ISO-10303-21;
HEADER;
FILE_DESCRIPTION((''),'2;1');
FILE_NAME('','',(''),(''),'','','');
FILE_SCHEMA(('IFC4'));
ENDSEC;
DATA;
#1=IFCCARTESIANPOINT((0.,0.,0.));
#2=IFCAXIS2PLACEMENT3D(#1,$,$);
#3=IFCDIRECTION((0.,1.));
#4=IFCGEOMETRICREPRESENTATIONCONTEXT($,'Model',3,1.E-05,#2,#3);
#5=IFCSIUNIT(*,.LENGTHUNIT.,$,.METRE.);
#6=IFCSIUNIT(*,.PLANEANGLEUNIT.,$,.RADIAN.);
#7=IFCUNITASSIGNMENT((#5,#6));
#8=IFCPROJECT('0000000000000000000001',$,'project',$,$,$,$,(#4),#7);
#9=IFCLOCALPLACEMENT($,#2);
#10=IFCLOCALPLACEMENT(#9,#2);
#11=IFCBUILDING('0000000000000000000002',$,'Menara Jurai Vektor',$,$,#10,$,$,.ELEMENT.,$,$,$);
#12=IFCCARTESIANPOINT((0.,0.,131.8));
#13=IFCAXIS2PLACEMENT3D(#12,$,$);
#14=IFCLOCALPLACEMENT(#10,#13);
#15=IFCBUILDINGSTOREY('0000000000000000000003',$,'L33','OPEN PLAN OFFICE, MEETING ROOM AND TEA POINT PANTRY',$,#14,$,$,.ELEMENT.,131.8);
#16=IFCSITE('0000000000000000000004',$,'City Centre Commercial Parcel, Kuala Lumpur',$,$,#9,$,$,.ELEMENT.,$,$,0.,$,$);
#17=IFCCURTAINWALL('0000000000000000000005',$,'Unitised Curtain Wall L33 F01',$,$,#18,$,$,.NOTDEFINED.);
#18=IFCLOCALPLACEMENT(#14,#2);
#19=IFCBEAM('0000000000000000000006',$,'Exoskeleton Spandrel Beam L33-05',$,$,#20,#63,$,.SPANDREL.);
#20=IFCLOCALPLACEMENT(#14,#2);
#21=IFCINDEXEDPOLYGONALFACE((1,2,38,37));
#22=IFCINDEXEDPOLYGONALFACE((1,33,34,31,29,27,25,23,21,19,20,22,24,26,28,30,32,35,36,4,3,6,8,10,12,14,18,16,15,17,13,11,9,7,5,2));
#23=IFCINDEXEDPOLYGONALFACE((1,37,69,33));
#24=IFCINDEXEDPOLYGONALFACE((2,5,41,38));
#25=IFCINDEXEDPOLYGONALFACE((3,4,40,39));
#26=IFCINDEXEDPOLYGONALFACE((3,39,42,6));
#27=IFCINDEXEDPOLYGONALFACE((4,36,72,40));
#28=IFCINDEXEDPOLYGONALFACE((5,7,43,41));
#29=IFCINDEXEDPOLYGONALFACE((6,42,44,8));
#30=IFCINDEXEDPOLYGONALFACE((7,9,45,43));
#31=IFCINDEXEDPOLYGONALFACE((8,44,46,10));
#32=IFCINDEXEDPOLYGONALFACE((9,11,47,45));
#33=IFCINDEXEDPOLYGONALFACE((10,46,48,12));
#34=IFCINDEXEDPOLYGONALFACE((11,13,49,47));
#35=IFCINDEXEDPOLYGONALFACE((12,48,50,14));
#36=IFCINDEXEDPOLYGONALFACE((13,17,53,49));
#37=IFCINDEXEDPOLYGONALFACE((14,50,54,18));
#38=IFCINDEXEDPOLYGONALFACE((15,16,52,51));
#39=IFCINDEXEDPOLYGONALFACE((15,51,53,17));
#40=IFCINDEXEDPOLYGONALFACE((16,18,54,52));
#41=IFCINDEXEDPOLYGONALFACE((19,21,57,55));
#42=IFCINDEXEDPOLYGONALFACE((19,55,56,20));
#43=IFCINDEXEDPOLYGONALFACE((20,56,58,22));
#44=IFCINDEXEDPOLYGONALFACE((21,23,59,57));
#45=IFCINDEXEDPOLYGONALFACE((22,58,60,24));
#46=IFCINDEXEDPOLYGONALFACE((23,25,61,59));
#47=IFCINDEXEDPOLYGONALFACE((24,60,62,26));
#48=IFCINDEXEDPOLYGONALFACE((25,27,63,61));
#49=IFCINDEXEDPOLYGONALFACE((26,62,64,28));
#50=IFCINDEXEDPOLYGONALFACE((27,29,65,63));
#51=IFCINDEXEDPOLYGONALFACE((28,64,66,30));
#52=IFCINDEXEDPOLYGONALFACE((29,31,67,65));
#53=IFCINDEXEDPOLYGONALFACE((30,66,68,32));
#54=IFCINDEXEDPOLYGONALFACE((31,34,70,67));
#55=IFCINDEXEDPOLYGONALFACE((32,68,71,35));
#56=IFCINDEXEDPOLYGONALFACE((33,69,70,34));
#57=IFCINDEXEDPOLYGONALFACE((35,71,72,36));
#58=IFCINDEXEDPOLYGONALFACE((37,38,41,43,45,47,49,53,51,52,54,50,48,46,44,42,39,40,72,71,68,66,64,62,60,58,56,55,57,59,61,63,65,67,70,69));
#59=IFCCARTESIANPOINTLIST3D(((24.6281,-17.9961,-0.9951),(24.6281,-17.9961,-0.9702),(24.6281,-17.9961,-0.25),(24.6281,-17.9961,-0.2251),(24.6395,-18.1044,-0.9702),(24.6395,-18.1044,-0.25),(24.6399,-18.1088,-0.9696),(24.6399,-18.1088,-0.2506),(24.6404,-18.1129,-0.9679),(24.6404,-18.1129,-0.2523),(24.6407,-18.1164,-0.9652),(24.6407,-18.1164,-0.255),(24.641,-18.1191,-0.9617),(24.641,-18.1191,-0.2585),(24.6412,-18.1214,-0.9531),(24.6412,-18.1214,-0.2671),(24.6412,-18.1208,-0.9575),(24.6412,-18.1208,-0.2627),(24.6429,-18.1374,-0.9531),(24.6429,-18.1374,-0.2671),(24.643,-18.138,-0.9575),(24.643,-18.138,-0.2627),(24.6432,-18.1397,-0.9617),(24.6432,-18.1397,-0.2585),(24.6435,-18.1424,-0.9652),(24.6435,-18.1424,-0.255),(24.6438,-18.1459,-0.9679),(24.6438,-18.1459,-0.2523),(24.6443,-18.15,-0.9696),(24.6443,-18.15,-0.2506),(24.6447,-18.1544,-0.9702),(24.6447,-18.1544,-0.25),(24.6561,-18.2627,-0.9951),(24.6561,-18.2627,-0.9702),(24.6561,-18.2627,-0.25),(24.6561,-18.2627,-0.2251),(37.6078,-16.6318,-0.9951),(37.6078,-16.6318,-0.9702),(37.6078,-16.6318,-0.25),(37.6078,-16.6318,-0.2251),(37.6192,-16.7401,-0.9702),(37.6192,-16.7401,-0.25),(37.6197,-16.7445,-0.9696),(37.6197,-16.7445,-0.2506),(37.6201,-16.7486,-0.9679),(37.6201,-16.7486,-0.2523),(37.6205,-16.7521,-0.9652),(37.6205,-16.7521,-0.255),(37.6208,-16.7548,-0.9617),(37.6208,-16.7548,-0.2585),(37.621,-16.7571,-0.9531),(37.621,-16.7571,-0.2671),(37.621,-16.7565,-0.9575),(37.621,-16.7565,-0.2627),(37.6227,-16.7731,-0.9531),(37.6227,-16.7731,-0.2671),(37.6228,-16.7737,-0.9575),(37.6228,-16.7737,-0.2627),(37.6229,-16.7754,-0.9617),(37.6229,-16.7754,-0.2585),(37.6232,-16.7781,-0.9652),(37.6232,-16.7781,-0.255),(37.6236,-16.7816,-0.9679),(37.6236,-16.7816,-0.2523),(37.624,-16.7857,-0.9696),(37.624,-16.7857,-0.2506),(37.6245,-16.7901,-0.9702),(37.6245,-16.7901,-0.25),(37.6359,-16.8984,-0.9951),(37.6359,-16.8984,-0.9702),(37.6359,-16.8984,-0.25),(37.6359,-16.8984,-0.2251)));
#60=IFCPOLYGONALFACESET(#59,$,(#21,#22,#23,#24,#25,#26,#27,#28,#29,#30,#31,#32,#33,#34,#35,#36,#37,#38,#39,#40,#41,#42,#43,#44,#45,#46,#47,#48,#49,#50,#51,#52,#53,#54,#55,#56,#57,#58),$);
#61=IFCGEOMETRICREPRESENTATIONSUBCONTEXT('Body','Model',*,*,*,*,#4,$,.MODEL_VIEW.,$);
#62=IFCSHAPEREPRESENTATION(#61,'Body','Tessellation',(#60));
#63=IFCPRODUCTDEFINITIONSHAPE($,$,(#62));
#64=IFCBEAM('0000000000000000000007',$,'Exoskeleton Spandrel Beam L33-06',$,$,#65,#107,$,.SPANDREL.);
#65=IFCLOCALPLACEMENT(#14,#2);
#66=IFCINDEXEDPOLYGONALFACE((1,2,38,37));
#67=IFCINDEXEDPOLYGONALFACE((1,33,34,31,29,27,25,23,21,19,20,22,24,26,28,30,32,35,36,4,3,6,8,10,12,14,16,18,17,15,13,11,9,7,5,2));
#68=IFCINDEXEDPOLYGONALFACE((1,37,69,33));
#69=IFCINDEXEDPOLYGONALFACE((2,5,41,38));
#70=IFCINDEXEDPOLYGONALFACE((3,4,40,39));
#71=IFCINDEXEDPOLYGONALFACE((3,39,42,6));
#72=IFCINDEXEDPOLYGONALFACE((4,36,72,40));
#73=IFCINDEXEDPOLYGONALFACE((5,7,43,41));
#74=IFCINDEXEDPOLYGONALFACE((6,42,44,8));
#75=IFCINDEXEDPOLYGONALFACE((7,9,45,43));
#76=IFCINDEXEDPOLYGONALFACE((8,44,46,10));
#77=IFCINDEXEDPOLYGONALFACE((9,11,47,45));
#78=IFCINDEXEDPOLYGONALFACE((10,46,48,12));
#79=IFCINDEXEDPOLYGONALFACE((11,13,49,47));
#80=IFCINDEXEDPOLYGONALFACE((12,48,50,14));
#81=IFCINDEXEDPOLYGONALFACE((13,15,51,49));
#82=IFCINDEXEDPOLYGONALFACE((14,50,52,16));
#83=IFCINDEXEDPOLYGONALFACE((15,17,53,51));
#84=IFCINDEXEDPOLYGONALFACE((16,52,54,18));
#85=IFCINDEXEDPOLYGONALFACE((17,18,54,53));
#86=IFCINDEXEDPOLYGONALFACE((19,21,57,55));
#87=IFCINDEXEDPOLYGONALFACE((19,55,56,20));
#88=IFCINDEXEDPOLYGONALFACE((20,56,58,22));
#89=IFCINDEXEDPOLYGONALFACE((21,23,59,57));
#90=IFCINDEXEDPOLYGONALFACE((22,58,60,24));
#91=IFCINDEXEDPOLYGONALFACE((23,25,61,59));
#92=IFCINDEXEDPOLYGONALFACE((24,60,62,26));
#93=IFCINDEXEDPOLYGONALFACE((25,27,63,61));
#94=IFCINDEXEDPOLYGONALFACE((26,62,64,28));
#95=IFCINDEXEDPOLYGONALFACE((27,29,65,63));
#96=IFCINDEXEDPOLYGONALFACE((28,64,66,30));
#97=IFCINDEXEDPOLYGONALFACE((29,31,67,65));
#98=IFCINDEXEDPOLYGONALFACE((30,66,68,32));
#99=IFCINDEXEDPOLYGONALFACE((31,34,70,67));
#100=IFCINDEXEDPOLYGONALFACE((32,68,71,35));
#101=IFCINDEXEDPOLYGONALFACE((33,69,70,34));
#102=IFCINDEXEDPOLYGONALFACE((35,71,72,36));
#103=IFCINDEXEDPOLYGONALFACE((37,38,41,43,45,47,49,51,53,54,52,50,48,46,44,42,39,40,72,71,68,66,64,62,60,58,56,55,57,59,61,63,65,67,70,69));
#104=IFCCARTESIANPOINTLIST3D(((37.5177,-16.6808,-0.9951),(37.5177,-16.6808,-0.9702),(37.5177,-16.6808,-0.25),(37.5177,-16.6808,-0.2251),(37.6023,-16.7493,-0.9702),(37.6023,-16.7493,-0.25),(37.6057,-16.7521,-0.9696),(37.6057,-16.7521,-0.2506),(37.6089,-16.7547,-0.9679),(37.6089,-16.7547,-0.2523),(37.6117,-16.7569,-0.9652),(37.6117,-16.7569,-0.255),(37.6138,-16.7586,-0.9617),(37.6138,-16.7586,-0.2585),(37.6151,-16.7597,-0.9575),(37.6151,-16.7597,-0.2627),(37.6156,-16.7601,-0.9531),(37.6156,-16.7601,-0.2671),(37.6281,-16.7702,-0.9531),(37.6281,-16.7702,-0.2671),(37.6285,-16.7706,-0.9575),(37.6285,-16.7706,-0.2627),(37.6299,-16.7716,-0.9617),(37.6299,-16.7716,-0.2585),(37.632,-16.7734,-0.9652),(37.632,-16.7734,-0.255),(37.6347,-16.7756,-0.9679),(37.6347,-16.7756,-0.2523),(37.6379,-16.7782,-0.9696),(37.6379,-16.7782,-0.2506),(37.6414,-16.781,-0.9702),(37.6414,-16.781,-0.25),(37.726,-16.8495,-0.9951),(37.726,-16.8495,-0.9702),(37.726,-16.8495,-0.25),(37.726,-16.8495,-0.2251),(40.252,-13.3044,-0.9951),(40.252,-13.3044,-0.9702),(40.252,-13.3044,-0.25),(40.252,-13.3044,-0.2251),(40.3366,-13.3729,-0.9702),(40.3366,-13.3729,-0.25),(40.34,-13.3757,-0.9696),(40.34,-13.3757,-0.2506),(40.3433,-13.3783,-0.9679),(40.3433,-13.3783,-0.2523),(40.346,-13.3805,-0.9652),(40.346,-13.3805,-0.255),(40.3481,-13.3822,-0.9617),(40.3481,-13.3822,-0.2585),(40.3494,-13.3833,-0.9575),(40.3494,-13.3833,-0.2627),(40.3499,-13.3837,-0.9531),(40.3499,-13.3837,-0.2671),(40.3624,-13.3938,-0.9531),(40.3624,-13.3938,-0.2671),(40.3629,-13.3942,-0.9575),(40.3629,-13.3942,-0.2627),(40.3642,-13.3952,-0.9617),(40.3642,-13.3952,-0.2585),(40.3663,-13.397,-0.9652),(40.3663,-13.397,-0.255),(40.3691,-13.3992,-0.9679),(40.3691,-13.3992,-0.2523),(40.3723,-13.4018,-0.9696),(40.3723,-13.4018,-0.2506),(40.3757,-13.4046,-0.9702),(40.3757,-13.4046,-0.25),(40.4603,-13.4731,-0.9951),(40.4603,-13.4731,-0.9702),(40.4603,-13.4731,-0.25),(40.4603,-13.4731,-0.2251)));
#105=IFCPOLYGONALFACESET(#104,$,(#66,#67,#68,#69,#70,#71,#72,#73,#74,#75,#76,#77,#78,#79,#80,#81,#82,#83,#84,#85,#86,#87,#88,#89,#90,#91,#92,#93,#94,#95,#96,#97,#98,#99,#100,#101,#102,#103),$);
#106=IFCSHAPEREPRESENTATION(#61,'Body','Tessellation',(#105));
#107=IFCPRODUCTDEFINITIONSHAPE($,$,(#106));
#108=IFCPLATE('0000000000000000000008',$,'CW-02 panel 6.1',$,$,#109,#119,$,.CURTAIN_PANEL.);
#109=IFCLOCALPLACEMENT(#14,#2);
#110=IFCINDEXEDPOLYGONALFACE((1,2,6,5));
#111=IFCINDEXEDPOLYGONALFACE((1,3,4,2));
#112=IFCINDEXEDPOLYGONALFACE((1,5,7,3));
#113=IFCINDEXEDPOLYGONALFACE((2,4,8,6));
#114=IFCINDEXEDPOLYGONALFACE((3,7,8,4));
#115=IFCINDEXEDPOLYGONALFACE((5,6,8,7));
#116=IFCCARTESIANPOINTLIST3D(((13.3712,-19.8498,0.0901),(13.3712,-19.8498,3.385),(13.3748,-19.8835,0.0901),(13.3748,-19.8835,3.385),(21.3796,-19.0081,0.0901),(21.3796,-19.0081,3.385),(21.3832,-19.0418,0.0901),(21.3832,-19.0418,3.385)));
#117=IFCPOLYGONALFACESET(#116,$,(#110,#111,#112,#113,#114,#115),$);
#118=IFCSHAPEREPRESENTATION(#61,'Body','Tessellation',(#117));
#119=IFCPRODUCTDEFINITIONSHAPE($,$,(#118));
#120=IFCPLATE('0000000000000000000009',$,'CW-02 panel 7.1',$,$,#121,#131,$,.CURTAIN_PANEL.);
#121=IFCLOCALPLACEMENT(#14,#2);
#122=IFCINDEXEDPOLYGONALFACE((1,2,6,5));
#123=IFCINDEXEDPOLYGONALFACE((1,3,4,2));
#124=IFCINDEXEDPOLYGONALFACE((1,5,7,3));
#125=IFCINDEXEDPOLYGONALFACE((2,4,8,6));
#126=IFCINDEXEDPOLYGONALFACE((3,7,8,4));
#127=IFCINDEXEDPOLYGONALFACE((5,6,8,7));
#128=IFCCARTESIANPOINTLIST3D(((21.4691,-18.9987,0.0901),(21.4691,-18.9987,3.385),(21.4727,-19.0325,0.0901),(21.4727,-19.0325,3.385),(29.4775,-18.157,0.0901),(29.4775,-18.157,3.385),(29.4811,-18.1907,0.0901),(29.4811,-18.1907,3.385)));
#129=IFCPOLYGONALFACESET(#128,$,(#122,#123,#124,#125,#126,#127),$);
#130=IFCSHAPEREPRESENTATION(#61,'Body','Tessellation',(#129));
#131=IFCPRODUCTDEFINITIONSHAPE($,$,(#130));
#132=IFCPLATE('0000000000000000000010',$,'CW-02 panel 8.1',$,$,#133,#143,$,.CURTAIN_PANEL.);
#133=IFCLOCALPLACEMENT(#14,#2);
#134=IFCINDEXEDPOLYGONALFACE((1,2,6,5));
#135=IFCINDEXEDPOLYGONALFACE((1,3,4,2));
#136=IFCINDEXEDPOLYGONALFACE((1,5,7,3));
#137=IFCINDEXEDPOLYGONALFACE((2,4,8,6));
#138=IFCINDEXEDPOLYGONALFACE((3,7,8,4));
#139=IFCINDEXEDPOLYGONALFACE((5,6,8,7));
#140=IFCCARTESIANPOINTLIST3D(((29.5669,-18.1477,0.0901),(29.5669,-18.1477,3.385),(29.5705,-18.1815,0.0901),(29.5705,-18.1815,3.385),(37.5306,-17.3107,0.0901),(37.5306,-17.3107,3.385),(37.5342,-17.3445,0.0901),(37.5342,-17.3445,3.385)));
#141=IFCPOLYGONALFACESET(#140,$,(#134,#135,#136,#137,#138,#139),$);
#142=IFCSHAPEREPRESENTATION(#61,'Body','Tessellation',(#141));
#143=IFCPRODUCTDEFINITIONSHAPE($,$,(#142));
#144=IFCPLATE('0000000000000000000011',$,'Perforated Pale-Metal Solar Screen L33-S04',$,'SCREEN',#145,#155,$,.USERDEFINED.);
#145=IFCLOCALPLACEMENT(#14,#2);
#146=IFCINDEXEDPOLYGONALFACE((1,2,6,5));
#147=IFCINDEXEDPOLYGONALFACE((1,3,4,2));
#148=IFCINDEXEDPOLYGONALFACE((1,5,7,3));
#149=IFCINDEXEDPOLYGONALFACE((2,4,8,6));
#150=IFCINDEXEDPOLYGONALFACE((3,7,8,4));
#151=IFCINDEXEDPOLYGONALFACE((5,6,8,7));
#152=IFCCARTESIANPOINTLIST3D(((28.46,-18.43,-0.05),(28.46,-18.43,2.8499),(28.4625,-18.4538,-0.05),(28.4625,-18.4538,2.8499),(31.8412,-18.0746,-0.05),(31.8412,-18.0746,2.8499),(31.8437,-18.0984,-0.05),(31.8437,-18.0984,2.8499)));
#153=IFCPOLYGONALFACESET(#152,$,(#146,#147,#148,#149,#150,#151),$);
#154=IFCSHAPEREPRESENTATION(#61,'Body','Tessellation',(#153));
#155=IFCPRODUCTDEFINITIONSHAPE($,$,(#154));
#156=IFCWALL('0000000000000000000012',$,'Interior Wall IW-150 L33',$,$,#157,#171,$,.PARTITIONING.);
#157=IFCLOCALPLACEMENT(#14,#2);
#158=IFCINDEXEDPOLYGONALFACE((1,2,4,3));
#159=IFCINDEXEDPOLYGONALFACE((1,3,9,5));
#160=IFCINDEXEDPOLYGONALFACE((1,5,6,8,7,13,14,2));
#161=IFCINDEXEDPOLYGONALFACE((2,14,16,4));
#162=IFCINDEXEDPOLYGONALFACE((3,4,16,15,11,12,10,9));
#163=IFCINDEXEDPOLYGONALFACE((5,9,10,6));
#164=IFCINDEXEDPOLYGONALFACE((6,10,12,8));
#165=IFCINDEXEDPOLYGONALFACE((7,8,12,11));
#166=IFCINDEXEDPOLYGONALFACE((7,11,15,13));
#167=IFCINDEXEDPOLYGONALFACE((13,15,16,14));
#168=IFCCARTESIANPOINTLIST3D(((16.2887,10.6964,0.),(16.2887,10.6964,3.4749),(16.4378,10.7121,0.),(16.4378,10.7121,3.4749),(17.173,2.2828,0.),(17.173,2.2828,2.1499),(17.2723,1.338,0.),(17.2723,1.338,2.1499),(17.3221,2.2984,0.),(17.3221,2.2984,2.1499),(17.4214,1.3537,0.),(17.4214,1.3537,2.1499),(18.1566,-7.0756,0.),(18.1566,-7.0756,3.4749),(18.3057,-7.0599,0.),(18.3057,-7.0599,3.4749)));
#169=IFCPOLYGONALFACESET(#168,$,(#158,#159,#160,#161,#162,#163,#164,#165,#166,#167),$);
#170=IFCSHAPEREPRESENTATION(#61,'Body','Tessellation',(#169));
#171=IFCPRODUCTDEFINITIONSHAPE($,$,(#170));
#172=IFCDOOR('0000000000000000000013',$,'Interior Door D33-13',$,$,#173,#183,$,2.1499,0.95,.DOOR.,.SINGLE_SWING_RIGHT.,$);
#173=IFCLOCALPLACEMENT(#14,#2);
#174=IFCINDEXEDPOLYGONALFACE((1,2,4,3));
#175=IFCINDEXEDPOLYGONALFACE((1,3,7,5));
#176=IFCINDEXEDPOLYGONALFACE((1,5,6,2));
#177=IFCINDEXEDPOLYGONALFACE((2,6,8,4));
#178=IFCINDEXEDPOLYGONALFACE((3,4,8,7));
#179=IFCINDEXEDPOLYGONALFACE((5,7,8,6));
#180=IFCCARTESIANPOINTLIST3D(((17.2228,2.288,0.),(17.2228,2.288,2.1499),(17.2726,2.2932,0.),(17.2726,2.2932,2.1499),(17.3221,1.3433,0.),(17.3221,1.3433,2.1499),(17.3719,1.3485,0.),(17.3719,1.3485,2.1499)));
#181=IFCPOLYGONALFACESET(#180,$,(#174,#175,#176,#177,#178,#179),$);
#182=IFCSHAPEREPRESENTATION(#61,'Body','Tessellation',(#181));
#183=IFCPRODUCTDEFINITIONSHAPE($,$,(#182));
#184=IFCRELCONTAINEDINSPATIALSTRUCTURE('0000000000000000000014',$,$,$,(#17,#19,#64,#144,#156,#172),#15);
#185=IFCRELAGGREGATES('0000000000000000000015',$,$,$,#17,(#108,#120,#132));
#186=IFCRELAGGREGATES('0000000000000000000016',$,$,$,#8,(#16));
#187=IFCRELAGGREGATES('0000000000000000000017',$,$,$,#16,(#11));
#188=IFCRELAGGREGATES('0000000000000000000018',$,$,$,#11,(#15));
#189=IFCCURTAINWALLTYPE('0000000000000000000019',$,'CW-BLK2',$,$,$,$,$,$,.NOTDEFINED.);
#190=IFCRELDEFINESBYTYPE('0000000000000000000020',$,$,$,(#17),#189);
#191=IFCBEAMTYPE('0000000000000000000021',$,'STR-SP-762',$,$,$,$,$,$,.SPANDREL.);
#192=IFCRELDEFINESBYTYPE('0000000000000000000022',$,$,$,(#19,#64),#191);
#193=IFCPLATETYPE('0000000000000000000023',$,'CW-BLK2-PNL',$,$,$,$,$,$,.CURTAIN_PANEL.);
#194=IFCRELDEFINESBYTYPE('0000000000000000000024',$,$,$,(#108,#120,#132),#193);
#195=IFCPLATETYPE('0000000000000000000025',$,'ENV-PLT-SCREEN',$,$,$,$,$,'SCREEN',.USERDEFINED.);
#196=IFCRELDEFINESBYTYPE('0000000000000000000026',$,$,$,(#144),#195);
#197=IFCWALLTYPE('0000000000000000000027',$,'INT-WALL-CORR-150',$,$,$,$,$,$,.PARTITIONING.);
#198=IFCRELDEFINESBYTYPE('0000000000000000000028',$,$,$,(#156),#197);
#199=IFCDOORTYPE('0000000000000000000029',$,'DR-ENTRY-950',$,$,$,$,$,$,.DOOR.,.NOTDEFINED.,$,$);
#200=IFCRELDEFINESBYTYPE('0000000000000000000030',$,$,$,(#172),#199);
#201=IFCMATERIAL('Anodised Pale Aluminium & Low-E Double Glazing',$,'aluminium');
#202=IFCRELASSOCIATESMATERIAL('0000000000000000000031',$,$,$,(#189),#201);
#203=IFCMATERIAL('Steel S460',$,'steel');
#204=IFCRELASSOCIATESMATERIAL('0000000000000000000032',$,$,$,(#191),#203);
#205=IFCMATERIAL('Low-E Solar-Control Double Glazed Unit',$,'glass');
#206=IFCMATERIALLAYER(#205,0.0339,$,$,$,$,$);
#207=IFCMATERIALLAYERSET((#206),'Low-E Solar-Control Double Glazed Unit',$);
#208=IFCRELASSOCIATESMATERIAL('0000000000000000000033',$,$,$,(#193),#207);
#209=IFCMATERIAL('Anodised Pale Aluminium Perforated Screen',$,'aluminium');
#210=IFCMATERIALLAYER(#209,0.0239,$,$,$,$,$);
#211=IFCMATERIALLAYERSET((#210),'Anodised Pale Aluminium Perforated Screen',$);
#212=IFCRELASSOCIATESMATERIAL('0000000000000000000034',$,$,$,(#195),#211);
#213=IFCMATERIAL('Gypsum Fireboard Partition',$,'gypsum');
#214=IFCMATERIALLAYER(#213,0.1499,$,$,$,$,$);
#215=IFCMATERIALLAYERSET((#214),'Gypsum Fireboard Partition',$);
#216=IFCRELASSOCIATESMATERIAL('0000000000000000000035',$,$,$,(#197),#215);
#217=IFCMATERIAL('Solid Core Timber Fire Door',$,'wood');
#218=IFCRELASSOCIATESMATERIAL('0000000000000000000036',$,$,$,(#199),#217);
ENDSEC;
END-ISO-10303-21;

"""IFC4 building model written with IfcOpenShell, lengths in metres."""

from ifc_helpers import new_model, si_unit, direction, frame, frame_2d, origin, origin_2d, place, context, subcontext, project, spatial, rectangle, i_section, extrude, material, layer, layer_set, material_profile, profile_set, type_object, element, fill, aggregate, save


model = new_model("IFC4")

# Units and contexts
model_context = context("Model", 3, precision=1e-05, world=origin(), true_north=direction((0.0, 1.0)))
body_context = subcontext(model_context, "Body", "Model", "MODEL_VIEW")
ifc_project = project(units=[si_unit("LENGTHUNIT", "METRE"), si_unit("PLANEANGLEUNIT", "RADIAN")], contexts=[model_context])

# Site, building, storey
site_placement = place(None, origin())
site = spatial("IfcSite", under=ifc_project, at=site_placement, Name="City Centre Commercial Parcel, Kuala Lumpur", CompositionType="ELEMENT", RefElevation=0.0)
building_placement = place(site_placement, origin())
building = spatial("IfcBuilding", under=site, at=building_placement, Name="Menara Jurai Vektor", CompositionType="ELEMENT")
storey_placement = place(building_placement, frame((0.0, 0.0, 131.8)))
storey = spatial("IfcBuildingStorey", under=building, at=storey_placement, Name="L33", Description="OPEN PLAN OFFICE, MEETING ROOM AND TEA POINT PANTRY", CompositionType="ELEMENT", Elevation=131.8)

# Shared definitions
ifc_material_1 = material(Name="Steel S460", Category="steel")

# Curtain wall
ifc_material_2 = material(Name="Anodised Pale Aluminium & Low-E Double Glazing", Category="aluminium")
curtain_wall_type = type_object("IfcCurtainWallType", Name="CW-BLK2", PredefinedType="NOTDEFINED", material=ifc_material_2)
curtain_wall_placement = place(storey_placement, origin())
curtain_wall = element("IfcCurtainWall", 1, at=curtain_wall_placement, inside=storey, type_object=curtain_wall_type, Name="Unitised Curtain Wall L33 F01", PredefinedType="NOTDEFINED")

# Beams
ifc_material_profile_1 = material_profile(ifc_material_1, i_section(OverallWidth=0.2681, OverallDepth=0.77, WebThickness=0.0161, FlangeThickness=0.0249, FilletRadius=0.0171, at=origin_2d()), Name="UKB 762x267x197")
ifc_profile_set_1 = profile_set([ifc_material_profile_1], Name="Steel S460")
beam_type_1 = type_object("IfcBeamType", Name="STR-SP-762", PredefinedType="SPANDREL", material=ifc_profile_set_1)
beam_1_placement = place(storey_placement, frame((24.6421, -18.1294, -0.6101), z_axis=(0.994522, 0.104531, 0.0), x_axis=(-0.104531, 0.994522, 0.0)))
element("IfcBeam", 2, at=beam_1_placement, inside=storey, type_object=beam_type_1, Name="Exoskeleton Spandrel Beam L33-05", PredefinedType="SPANDREL", context=body_context, shape_type="SweptSolid", body=[
    extrude(i_section(OverallWidth=0.2681, OverallDepth=0.77, WebThickness=0.0161, FlangeThickness=0.0249, FilletRadius=0.0171, at=origin_2d()), origin(), (0.0, 0.0, 1.0), 13.0513),
])
beam_2_placement = place(storey_placement, frame((37.6218, -16.7651, -0.6101), z_axis=(0.629344, 0.777127, 0.0), x_axis=(-0.777127, 0.629344, 0.0)))
element("IfcBeam", 3, at=beam_2_placement, inside=storey, type_object=beam_type_1, Name="Exoskeleton Spandrel Beam L33-06", PredefinedType="SPANDREL", context=body_context, shape_type="SweptSolid", body=[
    extrude(i_section(OverallWidth=0.2681, OverallDepth=0.77, WebThickness=0.0161, FlangeThickness=0.0249, FilletRadius=0.0171, at=origin_2d()), origin(), (0.0, 0.0, 1.0), 4.3447),
])

# Plates
ifc_material_3 = material(Name="Low-E Solar-Control Double Glazed Unit", Category="glass")
ifc_layer_1 = layer(ifc_material_3, 0.0339)
ifc_layer_set_1 = layer_set([ifc_layer_1], Name="Low-E Solar-Control Double Glazed Unit")
plate_type_1 = type_object("IfcPlateType", Name="CW-BLK2-PNL", PredefinedType="CURTAIN_PANEL", material=ifc_layer_set_1)
plate_1_placement = place(storey_placement, frame((17.3772, -19.4458, 0.0901), z_axis=(0.0, 0.0, 1.0), x_axis=(0.994522, 0.104529, 0.0)))
plate_1 = element("IfcPlate", 4, at=plate_1_placement, type_object=plate_type_1, Name="CW-02 panel 6.1", PredefinedType="CURTAIN_PANEL", context=body_context, shape_type="SweptSolid", body=[
    extrude(rectangle(XDim=8.0525, YDim=0.0339, at=origin_2d()), origin(), (0.0, 0.0, 1.0), 3.2949),
])
plate_2_placement = place(storey_placement, frame((25.4751, -18.5947, 0.0901), z_axis=(0.0, 0.0, 1.0), x_axis=(0.994522, 0.104529, 0.0)))
plate_2 = element("IfcPlate", 5, at=plate_2_placement, type_object=plate_type_1, Name="CW-02 panel 7.1", PredefinedType="CURTAIN_PANEL", context=body_context, shape_type="SweptSolid", body=[
    extrude(rectangle(XDim=8.0525, YDim=0.0339, at=origin_2d()), origin(), (0.0, 0.0, 1.0), 3.2949),
])
plate_3_placement = place(storey_placement, frame((33.5505, -17.7461, 0.0901), z_axis=(0.0, 0.0, 1.0), x_axis=(0.994522, 0.104529, 0.0)))
plate_3 = element("IfcPlate", 6, at=plate_3_placement, type_object=plate_type_1, Name="CW-02 panel 8.1", PredefinedType="CURTAIN_PANEL", context=body_context, shape_type="SweptSolid", body=[
    extrude(rectangle(XDim=8.0076, YDim=0.0339, at=origin_2d()), origin(), (0.0, 0.0, 1.0), 3.2949),
])
aggregate(curtain_wall, [plate_1, plate_2, plate_3])
ifc_material_4 = material(Name="Anodised Pale Aluminium Perforated Screen", Category="aluminium")
ifc_layer_2 = layer(ifc_material_4, 0.0239)
ifc_layer_set_2 = layer_set([ifc_layer_2], Name="Anodised Pale Aluminium Perforated Screen")
plate_type_2 = type_object("IfcPlateType", Name="ENV-PLT-SCREEN", ElementType="SCREEN", PredefinedType="USERDEFINED", material=ifc_layer_set_2)
plate_4_placement = place(storey_placement, frame((30.1519, -18.2642, -0.05), z_axis=(0.0, 0.0, 1.0), x_axis=(0.994522, 0.104528, 0.0)))
element("IfcPlate", 7, at=plate_4_placement, inside=storey, type_object=plate_type_2, Name="Perforated Pale-Metal Solar Screen L33-S04", ObjectType="SCREEN", PredefinedType="USERDEFINED", context=body_context, shape_type="SweptSolid", body=[
    extrude(rectangle(XDim=3.3999, YDim=0.0239, at=origin_2d()), origin(), (0.0, 0.0, 1.0), 2.8999),
])

# Wall, opening, door
ifc_material_5 = material(Name="Gypsum Fireboard Partition", Category="gypsum")
ifc_layer_3 = layer(ifc_material_5, 0.1499)
ifc_layer_set_3 = layer_set([ifc_layer_3], Name="Gypsum Fireboard Partition")
wall_type = type_object("IfcWallType", Name="INT-WALL-CORR-150", PredefinedType="PARTITIONING", material=ifc_layer_set_3)
wall_1_placement = place(storey_placement, frame((18.2312, -7.0679, 0.0), z_axis=(0.0, 0.0, 1.0), x_axis=(-0.104529, 0.994522, 0.0)))
wall_1 = element("IfcWall", 8, at=wall_1_placement, inside=storey, type_object=wall_type, Name="Interior Wall IW-150 L33", PredefinedType="PARTITIONING", context=body_context, shape_type="SweptSolid", body=[
    extrude(rectangle(XDim=17.8699, YDim=0.1499, at=frame_2d((8.9351, 0.0))), origin(), (0.0, 0.0, 1.0), 3.4749),
])
opening_placement = place(wall_1_placement, frame((8.46, 0.0, 0.0)))
opening = element("IfcOpeningElement", 9, at=opening_placement, cuts=wall_1, PredefinedType="OPENING", context=body_context, shape_type="SweptSolid", body=[
    extrude(rectangle(XDim=0.95, YDim=2.1499, at=frame_2d((0.4751, 1.075))), frame((0.0, 0.085, 0.0), z_axis=(0.0, -1.0, 0.0), x_axis=(1.0, 0.0, 0.0)), (0.0, 0.0, 1.0), 0.1699),
])
ifc_material_6 = material(Name="Solid Core Timber Fire Door", Category="wood")
door_type = type_object("IfcDoorType", Name="DR-ENTRY-950", OperationType="NOTDEFINED", PredefinedType="DOOR", material=ifc_material_6)
door_placement = place(opening_placement, origin())
door = element("IfcDoor", 10, at=door_placement, inside=storey, type_object=door_type, Name="Interior Door D33-13", OperationType="SINGLE_SWING_RIGHT", OverallHeight=2.1499, OverallWidth=0.95, PredefinedType="DOOR", context=body_context, shape_type="SweptSolid", body=[
    extrude(rectangle(XDim=0.95, YDim=2.1499, at=frame_2d((0.4751, 1.075))), frame((0.0, 0.0249, 0.0), z_axis=(0.0, -1.0, 0.0), x_axis=(1.0, 0.0, 0.0)), (0.0, 0.0, 1.0), 0.05),
])
fill(opening, door)

save(model, "model.ifc")
